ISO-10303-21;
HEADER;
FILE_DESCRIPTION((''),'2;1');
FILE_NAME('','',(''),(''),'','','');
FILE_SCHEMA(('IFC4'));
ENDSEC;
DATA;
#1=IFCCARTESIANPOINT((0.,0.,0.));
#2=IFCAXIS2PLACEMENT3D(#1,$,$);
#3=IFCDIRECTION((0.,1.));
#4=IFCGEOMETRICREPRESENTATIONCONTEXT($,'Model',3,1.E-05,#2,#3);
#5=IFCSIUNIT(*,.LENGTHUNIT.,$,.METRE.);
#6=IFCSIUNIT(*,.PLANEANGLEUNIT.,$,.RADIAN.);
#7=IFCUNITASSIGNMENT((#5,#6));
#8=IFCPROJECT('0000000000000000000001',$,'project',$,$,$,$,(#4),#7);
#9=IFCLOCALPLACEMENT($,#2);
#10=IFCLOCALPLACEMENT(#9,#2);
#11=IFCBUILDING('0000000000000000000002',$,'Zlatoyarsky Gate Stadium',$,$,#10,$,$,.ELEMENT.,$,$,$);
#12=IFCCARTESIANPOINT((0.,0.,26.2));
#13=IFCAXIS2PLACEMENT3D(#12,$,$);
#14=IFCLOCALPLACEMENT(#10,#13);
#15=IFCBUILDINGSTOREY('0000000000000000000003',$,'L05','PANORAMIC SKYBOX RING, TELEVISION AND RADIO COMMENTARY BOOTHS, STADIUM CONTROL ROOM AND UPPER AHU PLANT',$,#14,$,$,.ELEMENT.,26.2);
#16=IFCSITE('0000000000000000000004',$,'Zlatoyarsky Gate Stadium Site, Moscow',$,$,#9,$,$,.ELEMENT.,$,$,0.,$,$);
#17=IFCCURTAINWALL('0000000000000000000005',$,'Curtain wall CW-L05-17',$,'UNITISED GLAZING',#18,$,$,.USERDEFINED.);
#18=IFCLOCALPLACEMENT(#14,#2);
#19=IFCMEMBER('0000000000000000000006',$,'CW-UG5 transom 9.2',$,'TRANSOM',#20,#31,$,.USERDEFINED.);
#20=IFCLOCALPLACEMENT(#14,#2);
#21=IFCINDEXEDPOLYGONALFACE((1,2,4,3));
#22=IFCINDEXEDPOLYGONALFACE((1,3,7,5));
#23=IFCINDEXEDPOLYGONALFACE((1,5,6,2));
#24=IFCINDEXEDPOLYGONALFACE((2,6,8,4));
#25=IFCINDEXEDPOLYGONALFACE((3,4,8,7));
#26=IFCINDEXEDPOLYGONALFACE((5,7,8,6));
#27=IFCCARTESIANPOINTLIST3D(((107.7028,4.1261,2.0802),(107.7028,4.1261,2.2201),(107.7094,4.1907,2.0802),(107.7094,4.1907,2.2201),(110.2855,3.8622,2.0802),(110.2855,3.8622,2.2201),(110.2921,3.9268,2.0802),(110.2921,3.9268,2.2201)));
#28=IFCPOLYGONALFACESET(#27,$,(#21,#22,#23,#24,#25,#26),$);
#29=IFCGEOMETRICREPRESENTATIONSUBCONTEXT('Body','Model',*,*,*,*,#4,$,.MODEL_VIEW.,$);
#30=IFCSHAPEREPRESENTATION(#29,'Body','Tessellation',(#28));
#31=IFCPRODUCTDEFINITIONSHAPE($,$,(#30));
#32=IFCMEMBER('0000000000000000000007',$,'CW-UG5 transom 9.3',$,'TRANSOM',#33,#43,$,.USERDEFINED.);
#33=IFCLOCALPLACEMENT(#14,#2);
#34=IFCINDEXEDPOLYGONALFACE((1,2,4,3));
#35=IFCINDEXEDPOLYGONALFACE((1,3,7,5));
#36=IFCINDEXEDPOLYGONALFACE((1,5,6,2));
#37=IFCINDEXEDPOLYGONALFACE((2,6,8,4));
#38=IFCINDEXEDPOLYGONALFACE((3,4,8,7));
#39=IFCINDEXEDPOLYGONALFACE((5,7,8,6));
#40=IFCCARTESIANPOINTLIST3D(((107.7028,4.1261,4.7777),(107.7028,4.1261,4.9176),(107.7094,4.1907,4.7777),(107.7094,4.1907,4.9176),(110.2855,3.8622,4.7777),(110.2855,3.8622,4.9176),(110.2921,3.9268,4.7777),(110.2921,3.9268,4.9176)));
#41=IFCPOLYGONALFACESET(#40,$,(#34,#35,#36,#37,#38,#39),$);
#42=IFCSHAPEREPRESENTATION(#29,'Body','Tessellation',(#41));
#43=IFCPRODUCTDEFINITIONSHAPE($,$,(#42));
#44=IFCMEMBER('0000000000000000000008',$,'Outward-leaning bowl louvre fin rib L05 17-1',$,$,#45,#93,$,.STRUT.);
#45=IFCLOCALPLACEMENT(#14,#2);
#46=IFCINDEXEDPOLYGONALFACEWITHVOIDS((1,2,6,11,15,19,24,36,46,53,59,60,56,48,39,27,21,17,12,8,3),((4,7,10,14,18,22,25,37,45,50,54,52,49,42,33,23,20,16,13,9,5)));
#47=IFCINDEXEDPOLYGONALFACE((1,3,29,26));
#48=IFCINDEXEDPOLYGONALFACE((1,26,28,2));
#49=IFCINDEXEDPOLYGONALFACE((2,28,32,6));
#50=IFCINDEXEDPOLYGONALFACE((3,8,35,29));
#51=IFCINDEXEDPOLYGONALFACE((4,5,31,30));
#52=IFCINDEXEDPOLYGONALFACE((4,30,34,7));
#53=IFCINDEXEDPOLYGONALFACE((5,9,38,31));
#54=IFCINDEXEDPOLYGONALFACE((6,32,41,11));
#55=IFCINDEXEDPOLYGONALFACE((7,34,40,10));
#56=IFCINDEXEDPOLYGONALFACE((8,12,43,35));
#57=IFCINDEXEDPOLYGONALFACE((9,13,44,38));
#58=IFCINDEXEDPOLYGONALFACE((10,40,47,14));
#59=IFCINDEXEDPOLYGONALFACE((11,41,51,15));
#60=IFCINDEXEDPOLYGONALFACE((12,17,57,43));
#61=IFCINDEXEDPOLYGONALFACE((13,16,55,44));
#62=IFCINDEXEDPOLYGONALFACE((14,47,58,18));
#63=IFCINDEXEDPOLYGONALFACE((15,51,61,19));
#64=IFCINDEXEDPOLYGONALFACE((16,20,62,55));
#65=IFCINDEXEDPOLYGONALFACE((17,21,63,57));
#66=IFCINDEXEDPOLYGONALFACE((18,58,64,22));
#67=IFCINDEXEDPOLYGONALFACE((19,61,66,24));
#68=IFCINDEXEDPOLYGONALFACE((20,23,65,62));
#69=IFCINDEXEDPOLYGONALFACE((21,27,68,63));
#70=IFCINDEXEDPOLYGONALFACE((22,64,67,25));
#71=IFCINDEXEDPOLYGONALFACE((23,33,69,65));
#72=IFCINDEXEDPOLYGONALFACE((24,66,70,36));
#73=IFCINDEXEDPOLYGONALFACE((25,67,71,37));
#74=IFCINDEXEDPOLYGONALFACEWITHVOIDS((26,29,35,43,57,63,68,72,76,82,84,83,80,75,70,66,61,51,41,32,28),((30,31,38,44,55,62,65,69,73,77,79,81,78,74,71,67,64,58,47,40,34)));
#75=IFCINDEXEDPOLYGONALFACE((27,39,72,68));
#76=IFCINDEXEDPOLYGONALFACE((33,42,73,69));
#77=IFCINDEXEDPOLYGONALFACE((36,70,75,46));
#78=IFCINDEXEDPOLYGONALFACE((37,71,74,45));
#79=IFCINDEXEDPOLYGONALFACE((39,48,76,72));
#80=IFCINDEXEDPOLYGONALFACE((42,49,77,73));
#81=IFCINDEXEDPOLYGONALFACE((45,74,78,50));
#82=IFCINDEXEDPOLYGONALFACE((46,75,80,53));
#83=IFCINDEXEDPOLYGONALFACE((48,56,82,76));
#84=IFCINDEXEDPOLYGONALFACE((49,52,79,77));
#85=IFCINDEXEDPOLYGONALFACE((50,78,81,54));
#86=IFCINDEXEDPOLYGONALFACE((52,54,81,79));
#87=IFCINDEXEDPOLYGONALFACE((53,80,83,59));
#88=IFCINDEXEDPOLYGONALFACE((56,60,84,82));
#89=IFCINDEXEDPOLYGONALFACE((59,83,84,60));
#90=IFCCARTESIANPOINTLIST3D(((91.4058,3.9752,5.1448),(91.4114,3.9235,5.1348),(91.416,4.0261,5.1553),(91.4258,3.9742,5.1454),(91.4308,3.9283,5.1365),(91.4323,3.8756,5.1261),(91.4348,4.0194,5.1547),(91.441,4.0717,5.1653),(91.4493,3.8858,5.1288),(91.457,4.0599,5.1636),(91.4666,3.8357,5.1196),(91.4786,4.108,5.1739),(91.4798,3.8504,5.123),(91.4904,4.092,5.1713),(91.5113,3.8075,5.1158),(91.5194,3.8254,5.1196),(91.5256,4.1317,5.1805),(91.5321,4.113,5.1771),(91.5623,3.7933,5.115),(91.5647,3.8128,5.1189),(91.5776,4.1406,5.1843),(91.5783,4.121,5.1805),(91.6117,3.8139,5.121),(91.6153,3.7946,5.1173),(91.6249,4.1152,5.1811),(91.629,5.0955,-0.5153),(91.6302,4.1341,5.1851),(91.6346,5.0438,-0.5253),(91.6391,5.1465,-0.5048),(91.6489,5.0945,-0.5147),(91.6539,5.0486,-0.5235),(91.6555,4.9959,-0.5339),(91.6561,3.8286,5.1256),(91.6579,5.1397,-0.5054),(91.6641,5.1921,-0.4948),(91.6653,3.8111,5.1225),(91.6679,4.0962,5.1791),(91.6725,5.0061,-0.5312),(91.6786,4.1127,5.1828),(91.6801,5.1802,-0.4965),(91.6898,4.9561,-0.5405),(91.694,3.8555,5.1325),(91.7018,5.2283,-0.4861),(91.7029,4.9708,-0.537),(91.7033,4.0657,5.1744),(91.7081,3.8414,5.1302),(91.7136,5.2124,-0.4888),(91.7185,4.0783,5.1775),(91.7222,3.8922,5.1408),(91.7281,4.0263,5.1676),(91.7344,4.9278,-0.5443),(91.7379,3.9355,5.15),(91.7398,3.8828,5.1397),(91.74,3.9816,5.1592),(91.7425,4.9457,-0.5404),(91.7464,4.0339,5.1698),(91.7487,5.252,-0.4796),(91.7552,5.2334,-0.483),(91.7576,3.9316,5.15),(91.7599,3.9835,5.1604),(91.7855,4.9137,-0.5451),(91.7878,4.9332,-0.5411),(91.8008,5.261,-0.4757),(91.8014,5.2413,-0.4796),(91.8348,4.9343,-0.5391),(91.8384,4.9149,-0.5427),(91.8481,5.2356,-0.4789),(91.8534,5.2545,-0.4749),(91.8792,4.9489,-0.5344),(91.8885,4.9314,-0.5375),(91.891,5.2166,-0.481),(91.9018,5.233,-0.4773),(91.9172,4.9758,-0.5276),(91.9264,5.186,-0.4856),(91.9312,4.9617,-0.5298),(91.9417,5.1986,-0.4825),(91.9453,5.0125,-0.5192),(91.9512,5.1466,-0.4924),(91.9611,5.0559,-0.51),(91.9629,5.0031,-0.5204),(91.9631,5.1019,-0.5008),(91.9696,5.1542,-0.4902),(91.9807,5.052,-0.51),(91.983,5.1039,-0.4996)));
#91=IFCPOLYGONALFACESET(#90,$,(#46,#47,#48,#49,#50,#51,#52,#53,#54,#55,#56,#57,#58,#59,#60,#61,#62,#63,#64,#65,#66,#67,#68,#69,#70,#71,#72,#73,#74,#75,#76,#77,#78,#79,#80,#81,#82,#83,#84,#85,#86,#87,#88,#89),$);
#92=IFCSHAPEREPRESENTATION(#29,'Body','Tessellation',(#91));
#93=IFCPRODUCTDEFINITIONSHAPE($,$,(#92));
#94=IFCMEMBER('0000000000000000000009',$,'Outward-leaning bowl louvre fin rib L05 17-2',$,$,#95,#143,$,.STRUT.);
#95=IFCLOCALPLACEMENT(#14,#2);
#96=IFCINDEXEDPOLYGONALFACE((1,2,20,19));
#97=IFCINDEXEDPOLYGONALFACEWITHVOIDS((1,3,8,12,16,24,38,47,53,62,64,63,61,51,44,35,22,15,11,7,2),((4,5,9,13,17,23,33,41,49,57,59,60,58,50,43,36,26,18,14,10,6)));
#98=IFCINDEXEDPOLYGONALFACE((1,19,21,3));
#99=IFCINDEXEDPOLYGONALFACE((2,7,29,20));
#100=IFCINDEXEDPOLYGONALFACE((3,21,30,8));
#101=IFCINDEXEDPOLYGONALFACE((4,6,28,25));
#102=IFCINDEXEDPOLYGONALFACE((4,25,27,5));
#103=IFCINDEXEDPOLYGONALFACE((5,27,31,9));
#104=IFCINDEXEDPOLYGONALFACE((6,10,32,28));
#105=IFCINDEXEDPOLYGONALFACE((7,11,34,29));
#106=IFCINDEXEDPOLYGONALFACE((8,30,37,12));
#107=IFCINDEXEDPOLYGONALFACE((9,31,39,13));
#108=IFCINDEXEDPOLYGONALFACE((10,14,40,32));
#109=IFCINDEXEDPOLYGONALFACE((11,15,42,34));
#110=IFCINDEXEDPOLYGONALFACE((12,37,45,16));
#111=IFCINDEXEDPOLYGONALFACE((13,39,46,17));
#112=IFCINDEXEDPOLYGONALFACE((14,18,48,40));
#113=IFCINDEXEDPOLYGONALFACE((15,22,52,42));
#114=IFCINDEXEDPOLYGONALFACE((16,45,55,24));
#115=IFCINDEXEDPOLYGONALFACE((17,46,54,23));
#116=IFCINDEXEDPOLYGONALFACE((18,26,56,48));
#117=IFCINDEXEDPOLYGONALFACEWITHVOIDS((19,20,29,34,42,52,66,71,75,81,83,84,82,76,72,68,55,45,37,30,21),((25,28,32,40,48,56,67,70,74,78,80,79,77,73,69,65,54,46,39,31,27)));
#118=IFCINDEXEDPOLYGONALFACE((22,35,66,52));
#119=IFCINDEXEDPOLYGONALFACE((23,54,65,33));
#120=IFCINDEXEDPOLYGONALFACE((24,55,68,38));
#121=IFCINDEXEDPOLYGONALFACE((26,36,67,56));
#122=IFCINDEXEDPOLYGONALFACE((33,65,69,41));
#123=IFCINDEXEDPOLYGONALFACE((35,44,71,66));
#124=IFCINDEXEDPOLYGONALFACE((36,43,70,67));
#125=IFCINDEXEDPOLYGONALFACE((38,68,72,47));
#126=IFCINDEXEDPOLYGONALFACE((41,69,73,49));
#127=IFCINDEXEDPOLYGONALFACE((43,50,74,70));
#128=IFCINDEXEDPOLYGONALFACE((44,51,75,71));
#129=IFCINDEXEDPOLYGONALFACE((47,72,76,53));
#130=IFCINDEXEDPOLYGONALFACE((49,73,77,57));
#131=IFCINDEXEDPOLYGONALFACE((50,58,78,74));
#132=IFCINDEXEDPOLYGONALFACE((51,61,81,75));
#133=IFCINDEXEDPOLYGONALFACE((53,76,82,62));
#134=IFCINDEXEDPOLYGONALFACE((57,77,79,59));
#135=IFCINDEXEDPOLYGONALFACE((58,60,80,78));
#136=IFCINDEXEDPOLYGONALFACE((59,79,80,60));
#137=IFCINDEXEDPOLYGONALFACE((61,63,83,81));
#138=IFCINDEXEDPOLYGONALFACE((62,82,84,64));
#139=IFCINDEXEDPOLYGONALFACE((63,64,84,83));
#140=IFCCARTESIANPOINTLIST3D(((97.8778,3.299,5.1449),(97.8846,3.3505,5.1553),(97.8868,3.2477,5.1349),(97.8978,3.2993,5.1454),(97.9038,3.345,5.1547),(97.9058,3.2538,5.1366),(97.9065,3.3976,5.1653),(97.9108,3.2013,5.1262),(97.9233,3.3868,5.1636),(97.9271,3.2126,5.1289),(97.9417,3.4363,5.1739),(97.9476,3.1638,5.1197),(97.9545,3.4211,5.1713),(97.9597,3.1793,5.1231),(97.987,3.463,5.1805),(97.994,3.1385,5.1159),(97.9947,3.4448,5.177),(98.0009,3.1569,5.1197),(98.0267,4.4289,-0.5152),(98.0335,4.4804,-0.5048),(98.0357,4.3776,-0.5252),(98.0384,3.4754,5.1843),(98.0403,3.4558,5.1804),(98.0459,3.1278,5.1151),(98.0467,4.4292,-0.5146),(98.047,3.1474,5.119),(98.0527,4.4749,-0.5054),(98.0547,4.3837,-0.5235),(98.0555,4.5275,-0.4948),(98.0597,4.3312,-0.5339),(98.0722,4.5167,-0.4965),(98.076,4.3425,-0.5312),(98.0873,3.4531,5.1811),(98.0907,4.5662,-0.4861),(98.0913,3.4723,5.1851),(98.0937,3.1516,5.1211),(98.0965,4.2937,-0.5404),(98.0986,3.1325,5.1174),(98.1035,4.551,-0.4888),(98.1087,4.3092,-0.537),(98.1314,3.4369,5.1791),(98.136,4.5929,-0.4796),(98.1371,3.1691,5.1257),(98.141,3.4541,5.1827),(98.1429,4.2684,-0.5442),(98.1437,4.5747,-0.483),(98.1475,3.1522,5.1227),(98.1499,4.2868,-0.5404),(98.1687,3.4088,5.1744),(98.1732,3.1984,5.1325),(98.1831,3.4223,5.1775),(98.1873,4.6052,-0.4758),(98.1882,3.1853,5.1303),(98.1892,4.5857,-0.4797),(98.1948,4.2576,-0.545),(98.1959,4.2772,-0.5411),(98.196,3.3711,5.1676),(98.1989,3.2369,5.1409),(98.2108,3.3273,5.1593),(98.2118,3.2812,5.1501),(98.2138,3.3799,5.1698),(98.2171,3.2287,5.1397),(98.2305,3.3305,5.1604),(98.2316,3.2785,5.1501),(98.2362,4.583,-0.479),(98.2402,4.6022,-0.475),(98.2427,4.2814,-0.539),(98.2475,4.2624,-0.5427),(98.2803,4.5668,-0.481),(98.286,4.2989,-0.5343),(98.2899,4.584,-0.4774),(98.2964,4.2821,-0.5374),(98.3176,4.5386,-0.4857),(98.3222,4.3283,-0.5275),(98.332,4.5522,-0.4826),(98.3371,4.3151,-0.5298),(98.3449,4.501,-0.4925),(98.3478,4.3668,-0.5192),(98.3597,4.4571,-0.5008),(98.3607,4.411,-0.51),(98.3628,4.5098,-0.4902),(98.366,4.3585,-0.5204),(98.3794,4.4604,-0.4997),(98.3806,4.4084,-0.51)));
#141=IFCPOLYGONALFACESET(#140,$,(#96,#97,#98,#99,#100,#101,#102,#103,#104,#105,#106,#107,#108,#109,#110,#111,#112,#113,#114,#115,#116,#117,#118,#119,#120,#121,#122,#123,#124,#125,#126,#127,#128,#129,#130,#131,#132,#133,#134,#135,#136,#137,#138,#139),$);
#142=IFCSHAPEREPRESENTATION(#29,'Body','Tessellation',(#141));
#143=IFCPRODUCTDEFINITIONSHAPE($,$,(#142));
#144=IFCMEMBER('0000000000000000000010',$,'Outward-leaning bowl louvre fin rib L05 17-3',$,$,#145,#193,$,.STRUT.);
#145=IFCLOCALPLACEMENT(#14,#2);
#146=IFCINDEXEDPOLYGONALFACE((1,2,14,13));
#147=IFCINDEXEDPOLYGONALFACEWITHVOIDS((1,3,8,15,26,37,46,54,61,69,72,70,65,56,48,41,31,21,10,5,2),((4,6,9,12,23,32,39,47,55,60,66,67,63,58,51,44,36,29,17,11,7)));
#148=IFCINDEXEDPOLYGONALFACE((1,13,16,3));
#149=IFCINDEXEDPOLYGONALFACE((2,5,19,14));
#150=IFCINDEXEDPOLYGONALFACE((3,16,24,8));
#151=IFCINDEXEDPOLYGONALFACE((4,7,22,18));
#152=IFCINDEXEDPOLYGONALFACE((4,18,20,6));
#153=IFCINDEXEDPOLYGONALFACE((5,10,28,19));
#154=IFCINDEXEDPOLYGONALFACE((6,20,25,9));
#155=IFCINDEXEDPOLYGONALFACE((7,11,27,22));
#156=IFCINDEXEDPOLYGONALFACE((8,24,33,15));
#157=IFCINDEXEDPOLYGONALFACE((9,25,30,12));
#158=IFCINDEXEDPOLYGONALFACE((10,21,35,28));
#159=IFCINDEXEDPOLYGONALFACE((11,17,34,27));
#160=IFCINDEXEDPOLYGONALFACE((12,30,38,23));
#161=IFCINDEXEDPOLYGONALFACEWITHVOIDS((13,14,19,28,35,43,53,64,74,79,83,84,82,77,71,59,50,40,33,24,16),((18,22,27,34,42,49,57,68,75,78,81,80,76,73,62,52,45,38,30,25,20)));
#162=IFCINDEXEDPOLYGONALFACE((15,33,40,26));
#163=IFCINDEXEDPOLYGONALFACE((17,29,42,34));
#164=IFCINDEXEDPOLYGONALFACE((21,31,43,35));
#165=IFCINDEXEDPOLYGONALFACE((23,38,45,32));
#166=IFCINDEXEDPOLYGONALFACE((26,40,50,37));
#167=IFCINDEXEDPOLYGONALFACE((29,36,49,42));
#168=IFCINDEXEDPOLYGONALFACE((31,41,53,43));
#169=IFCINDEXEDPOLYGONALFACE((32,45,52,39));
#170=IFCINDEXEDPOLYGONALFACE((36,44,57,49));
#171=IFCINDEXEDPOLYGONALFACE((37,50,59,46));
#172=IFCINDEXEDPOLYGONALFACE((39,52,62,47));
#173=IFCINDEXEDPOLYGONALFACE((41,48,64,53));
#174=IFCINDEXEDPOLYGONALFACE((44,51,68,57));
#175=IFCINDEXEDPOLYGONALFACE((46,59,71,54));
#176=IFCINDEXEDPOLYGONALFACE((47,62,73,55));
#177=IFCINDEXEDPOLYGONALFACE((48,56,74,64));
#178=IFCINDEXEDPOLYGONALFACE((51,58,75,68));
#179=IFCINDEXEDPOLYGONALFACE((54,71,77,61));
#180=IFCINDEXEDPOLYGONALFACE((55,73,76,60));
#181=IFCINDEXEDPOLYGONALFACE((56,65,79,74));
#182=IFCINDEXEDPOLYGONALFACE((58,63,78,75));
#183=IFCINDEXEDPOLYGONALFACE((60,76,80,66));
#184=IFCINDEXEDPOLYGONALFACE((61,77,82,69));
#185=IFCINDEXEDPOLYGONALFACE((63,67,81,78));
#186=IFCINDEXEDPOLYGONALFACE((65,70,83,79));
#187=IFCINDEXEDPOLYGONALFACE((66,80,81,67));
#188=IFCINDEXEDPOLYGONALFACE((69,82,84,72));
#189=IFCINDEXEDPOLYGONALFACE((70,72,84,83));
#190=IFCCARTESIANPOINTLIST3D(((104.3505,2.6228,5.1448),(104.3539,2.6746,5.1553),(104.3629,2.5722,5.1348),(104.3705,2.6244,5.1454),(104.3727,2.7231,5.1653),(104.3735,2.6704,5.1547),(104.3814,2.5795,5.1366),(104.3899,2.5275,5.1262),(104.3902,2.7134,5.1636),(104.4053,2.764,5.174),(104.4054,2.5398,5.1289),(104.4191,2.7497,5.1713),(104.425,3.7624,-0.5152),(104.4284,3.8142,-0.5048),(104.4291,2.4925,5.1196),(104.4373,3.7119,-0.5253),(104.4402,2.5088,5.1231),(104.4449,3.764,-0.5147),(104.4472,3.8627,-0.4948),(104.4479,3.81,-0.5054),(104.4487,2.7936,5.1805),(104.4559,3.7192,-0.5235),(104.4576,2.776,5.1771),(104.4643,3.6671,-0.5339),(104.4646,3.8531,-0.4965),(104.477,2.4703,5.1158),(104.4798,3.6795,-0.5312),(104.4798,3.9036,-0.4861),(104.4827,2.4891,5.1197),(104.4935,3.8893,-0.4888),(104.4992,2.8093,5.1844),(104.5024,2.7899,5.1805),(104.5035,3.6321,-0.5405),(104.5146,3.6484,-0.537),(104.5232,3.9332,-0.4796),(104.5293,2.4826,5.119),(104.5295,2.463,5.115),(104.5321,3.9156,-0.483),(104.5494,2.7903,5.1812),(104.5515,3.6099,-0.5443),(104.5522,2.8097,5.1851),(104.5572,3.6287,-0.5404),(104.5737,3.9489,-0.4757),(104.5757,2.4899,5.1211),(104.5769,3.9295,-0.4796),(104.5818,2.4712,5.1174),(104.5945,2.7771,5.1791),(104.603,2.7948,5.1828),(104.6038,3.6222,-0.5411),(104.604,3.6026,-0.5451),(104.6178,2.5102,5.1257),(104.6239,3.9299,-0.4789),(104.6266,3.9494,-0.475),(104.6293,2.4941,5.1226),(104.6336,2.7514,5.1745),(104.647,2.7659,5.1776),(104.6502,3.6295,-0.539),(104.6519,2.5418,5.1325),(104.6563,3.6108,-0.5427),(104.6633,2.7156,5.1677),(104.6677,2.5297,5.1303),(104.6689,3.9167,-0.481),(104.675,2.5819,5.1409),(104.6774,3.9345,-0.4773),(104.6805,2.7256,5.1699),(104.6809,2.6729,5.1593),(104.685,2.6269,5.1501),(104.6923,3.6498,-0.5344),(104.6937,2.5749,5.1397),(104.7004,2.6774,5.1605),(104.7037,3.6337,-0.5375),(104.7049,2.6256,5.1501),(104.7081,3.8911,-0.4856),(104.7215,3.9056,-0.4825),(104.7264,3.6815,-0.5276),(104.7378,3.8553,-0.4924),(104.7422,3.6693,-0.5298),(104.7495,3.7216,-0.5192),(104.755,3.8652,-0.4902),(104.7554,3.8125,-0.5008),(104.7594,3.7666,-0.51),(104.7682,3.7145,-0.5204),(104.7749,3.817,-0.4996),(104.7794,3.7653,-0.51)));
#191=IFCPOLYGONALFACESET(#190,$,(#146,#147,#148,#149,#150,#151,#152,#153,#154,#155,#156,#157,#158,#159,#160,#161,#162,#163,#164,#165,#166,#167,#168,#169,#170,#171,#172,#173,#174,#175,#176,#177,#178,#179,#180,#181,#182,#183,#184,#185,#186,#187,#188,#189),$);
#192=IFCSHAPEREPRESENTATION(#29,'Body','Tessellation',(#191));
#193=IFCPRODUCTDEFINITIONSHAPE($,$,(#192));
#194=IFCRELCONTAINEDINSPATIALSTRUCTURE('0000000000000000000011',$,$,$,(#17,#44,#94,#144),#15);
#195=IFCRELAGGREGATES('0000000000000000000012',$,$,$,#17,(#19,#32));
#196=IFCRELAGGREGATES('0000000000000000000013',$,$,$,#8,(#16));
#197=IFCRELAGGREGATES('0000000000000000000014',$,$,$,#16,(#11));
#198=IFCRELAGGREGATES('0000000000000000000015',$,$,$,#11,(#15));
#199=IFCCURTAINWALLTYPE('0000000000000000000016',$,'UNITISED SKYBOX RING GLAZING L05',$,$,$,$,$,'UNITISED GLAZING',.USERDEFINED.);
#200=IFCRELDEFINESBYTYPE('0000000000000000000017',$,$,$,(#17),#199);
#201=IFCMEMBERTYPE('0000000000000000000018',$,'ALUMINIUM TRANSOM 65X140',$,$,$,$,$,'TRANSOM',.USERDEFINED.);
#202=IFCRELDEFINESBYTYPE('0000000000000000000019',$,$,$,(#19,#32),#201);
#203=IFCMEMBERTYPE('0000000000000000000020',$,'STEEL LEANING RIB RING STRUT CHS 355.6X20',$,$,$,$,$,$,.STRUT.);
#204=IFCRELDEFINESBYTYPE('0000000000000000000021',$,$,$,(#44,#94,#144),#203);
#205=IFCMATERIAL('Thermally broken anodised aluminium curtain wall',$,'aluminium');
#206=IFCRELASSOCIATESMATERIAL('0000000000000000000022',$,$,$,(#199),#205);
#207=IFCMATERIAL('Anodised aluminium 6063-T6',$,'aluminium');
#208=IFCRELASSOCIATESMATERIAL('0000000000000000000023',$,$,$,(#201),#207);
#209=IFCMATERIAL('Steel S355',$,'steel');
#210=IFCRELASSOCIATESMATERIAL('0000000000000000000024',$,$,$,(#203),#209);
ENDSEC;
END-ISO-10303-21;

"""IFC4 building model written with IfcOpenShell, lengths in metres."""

from ifc_helpers import new_model, si_unit, direction, frame, origin, origin_2d, place, context, subcontext, project, spatial, rectangle, hollow_circle, extrude, material, material_profile, profile_set, type_object, element, aggregate, save


model = new_model("IFC4")

# Units and contexts
model_context = context("Model", 3, precision=1e-05, world=origin(), true_north=direction((0.0, 1.0)))
body_context = subcontext(model_context, "Body", "Model", "MODEL_VIEW")
ifc_project = project(units=[si_unit("LENGTHUNIT", "METRE"), si_unit("PLANEANGLEUNIT", "RADIAN")], contexts=[model_context])

# Site, building, storey
site_placement = place(None, origin())
site = spatial("IfcSite", under=ifc_project, at=site_placement, Name="Zlatoyarsky Gate Stadium Site, Moscow", CompositionType="ELEMENT", RefElevation=0.0)
building_placement = place(site_placement, origin())
building = spatial("IfcBuilding", under=site, at=building_placement, Name="Zlatoyarsky Gate Stadium", CompositionType="ELEMENT")
storey_placement = place(building_placement, frame((0.0, 0.0, 26.2)))
storey = spatial("IfcBuildingStorey", under=building, at=storey_placement, Name="L05", Description="PANORAMIC SKYBOX RING, TELEVISION AND RADIO COMMENTARY BOOTHS, STADIUM CONTROL ROOM AND UPPER AHU PLANT", CompositionType="ELEMENT", Elevation=26.2)

# Curtain wall, members
ifc_material_1 = material(Name="Thermally broken anodised aluminium curtain wall", Category="aluminium")
curtain_wall_type = type_object("IfcCurtainWallType", Name="UNITISED SKYBOX RING GLAZING L05", ElementType="UNITISED GLAZING", PredefinedType="USERDEFINED", material=ifc_material_1)
curtain_wall_placement = place(storey_placement, origin())
curtain_wall = element("IfcCurtainWall", 1, at=curtain_wall_placement, inside=storey, type_object=curtain_wall_type, Name="Curtain wall CW-L05-17", ObjectType="UNITISED GLAZING", PredefinedType="USERDEFINED")
ifc_material_2 = material(Name="Anodised aluminium 6063-T6", Category="aluminium")
ifc_material_profile_1 = material_profile(ifc_material_2, rectangle(XDim=0.0649, YDim=0.1399, at=origin_2d()), Name="ALU 65X140")
ifc_profile_set_1 = profile_set([ifc_material_profile_1], Name="Anodised aluminium 6063-T6")
member_type_1 = type_object("IfcMemberType", Name="ALUMINIUM TRANSOM 65X140", ElementType="TRANSOM", PredefinedType="USERDEFINED", material=ifc_profile_set_1)
member_1_placement = place(storey_placement, frame((107.7061, 4.1584, 2.1501), z_axis=(0.99482, -0.101654, 0.0), x_axis=(0.101654, 0.99482, 0.0)))
member_1 = element("IfcMember", 2, at=member_1_placement, type_object=member_type_1, Name="CW-UG5 transom 9.2", ObjectType="TRANSOM", PredefinedType="USERDEFINED", context=body_context, shape_type="SweptSolid", body=[
    extrude(rectangle(XDim=0.0649, YDim=0.1399, at=origin_2d()), origin(), (0.0, 0.0, 1.0), 2.5962),
])
member_2_placement = place(storey_placement, frame((107.7061, 4.1584, 4.8477), z_axis=(0.99482, -0.101654, 0.0), x_axis=(0.101654, 0.99482, 0.0)))
member_2 = element("IfcMember", 3, at=member_2_placement, type_object=member_type_1, Name="CW-UG5 transom 9.3", ObjectType="TRANSOM", PredefinedType="USERDEFINED", context=body_context, shape_type="SweptSolid", body=[
    extrude(rectangle(XDim=0.0649, YDim=0.1399, at=origin_2d()), origin(), (0.0, 0.0, 1.0), 2.5962),
])

# Members
ifc_material_3 = material(Name="Steel S355", Category="steel")
ifc_material_profile_2 = material_profile(ifc_material_3, hollow_circle(Radius=0.1777, WallThickness=0.02, at=origin_2d()), Name="CHS 355.6X20")
ifc_profile_set_2 = profile_set([ifc_material_profile_2], Name="Steel S355")
member_type_2 = type_object("IfcMemberType", Name="STEEL LEANING RIB RING STRUT CHS 355.6X20", PredefinedType="STRUT", material=ifc_profile_set_2)
member_3_placement = place(storey_placement, frame((91.8064, 5.0867, -0.51), z_axis=(-0.038645, -0.194026, 0.980235), x_axis=(0.980737, -0.195335, 0.0)))
element("IfcMember", 4, at=member_3_placement, inside=storey, type_object=member_type_2, Name="Outward-leaning bowl louvre fin rib L05 17-1", PredefinedType="STRUT", context=body_context, shape_type="SweptSolid", body=[
    extrude(hollow_circle(Radius=0.1777, WallThickness=0.02, at=origin_2d()), origin(), (0.0, 0.0, 1.0), 5.7742),
])
member_4_placement = place(storey_placement, frame((98.2043, 4.4316, -0.51), z_axis=(-0.025794, -0.195693, 0.980326), x_axis=(0.991425, -0.130676, 0.0)))
element("IfcMember", 5, at=member_4_placement, inside=storey, type_object=member_type_2, Name="Outward-leaning bowl louvre fin rib L05 17-2", PredefinedType="STRUT", context=body_context, shape_type="SweptSolid", body=[
    extrude(hollow_circle(Radius=0.1777, WallThickness=0.02, at=origin_2d()), origin(), (0.0, 0.0, 1.0), 5.7737),
])
member_5_placement = place(storey_placement, frame((104.6021, 3.7769, -0.51), z_axis=(-0.012896, -0.197368, 0.980245), x_axis=(0.997872, -0.065199, 0.0)))
element("IfcMember", 6, at=member_5_placement, inside=storey, type_object=member_type_2, Name="Outward-leaning bowl louvre fin rib L05 17-3", PredefinedType="STRUT", context=body_context, shape_type="SweptSolid", body=[
    extrude(hollow_circle(Radius=0.1777, WallThickness=0.02, at=origin_2d()), origin(), (0.0, 0.0, 1.0), 5.7742),
])

aggregate(curtain_wall, [member_1, member_2])

save(model, "model.ifc")
